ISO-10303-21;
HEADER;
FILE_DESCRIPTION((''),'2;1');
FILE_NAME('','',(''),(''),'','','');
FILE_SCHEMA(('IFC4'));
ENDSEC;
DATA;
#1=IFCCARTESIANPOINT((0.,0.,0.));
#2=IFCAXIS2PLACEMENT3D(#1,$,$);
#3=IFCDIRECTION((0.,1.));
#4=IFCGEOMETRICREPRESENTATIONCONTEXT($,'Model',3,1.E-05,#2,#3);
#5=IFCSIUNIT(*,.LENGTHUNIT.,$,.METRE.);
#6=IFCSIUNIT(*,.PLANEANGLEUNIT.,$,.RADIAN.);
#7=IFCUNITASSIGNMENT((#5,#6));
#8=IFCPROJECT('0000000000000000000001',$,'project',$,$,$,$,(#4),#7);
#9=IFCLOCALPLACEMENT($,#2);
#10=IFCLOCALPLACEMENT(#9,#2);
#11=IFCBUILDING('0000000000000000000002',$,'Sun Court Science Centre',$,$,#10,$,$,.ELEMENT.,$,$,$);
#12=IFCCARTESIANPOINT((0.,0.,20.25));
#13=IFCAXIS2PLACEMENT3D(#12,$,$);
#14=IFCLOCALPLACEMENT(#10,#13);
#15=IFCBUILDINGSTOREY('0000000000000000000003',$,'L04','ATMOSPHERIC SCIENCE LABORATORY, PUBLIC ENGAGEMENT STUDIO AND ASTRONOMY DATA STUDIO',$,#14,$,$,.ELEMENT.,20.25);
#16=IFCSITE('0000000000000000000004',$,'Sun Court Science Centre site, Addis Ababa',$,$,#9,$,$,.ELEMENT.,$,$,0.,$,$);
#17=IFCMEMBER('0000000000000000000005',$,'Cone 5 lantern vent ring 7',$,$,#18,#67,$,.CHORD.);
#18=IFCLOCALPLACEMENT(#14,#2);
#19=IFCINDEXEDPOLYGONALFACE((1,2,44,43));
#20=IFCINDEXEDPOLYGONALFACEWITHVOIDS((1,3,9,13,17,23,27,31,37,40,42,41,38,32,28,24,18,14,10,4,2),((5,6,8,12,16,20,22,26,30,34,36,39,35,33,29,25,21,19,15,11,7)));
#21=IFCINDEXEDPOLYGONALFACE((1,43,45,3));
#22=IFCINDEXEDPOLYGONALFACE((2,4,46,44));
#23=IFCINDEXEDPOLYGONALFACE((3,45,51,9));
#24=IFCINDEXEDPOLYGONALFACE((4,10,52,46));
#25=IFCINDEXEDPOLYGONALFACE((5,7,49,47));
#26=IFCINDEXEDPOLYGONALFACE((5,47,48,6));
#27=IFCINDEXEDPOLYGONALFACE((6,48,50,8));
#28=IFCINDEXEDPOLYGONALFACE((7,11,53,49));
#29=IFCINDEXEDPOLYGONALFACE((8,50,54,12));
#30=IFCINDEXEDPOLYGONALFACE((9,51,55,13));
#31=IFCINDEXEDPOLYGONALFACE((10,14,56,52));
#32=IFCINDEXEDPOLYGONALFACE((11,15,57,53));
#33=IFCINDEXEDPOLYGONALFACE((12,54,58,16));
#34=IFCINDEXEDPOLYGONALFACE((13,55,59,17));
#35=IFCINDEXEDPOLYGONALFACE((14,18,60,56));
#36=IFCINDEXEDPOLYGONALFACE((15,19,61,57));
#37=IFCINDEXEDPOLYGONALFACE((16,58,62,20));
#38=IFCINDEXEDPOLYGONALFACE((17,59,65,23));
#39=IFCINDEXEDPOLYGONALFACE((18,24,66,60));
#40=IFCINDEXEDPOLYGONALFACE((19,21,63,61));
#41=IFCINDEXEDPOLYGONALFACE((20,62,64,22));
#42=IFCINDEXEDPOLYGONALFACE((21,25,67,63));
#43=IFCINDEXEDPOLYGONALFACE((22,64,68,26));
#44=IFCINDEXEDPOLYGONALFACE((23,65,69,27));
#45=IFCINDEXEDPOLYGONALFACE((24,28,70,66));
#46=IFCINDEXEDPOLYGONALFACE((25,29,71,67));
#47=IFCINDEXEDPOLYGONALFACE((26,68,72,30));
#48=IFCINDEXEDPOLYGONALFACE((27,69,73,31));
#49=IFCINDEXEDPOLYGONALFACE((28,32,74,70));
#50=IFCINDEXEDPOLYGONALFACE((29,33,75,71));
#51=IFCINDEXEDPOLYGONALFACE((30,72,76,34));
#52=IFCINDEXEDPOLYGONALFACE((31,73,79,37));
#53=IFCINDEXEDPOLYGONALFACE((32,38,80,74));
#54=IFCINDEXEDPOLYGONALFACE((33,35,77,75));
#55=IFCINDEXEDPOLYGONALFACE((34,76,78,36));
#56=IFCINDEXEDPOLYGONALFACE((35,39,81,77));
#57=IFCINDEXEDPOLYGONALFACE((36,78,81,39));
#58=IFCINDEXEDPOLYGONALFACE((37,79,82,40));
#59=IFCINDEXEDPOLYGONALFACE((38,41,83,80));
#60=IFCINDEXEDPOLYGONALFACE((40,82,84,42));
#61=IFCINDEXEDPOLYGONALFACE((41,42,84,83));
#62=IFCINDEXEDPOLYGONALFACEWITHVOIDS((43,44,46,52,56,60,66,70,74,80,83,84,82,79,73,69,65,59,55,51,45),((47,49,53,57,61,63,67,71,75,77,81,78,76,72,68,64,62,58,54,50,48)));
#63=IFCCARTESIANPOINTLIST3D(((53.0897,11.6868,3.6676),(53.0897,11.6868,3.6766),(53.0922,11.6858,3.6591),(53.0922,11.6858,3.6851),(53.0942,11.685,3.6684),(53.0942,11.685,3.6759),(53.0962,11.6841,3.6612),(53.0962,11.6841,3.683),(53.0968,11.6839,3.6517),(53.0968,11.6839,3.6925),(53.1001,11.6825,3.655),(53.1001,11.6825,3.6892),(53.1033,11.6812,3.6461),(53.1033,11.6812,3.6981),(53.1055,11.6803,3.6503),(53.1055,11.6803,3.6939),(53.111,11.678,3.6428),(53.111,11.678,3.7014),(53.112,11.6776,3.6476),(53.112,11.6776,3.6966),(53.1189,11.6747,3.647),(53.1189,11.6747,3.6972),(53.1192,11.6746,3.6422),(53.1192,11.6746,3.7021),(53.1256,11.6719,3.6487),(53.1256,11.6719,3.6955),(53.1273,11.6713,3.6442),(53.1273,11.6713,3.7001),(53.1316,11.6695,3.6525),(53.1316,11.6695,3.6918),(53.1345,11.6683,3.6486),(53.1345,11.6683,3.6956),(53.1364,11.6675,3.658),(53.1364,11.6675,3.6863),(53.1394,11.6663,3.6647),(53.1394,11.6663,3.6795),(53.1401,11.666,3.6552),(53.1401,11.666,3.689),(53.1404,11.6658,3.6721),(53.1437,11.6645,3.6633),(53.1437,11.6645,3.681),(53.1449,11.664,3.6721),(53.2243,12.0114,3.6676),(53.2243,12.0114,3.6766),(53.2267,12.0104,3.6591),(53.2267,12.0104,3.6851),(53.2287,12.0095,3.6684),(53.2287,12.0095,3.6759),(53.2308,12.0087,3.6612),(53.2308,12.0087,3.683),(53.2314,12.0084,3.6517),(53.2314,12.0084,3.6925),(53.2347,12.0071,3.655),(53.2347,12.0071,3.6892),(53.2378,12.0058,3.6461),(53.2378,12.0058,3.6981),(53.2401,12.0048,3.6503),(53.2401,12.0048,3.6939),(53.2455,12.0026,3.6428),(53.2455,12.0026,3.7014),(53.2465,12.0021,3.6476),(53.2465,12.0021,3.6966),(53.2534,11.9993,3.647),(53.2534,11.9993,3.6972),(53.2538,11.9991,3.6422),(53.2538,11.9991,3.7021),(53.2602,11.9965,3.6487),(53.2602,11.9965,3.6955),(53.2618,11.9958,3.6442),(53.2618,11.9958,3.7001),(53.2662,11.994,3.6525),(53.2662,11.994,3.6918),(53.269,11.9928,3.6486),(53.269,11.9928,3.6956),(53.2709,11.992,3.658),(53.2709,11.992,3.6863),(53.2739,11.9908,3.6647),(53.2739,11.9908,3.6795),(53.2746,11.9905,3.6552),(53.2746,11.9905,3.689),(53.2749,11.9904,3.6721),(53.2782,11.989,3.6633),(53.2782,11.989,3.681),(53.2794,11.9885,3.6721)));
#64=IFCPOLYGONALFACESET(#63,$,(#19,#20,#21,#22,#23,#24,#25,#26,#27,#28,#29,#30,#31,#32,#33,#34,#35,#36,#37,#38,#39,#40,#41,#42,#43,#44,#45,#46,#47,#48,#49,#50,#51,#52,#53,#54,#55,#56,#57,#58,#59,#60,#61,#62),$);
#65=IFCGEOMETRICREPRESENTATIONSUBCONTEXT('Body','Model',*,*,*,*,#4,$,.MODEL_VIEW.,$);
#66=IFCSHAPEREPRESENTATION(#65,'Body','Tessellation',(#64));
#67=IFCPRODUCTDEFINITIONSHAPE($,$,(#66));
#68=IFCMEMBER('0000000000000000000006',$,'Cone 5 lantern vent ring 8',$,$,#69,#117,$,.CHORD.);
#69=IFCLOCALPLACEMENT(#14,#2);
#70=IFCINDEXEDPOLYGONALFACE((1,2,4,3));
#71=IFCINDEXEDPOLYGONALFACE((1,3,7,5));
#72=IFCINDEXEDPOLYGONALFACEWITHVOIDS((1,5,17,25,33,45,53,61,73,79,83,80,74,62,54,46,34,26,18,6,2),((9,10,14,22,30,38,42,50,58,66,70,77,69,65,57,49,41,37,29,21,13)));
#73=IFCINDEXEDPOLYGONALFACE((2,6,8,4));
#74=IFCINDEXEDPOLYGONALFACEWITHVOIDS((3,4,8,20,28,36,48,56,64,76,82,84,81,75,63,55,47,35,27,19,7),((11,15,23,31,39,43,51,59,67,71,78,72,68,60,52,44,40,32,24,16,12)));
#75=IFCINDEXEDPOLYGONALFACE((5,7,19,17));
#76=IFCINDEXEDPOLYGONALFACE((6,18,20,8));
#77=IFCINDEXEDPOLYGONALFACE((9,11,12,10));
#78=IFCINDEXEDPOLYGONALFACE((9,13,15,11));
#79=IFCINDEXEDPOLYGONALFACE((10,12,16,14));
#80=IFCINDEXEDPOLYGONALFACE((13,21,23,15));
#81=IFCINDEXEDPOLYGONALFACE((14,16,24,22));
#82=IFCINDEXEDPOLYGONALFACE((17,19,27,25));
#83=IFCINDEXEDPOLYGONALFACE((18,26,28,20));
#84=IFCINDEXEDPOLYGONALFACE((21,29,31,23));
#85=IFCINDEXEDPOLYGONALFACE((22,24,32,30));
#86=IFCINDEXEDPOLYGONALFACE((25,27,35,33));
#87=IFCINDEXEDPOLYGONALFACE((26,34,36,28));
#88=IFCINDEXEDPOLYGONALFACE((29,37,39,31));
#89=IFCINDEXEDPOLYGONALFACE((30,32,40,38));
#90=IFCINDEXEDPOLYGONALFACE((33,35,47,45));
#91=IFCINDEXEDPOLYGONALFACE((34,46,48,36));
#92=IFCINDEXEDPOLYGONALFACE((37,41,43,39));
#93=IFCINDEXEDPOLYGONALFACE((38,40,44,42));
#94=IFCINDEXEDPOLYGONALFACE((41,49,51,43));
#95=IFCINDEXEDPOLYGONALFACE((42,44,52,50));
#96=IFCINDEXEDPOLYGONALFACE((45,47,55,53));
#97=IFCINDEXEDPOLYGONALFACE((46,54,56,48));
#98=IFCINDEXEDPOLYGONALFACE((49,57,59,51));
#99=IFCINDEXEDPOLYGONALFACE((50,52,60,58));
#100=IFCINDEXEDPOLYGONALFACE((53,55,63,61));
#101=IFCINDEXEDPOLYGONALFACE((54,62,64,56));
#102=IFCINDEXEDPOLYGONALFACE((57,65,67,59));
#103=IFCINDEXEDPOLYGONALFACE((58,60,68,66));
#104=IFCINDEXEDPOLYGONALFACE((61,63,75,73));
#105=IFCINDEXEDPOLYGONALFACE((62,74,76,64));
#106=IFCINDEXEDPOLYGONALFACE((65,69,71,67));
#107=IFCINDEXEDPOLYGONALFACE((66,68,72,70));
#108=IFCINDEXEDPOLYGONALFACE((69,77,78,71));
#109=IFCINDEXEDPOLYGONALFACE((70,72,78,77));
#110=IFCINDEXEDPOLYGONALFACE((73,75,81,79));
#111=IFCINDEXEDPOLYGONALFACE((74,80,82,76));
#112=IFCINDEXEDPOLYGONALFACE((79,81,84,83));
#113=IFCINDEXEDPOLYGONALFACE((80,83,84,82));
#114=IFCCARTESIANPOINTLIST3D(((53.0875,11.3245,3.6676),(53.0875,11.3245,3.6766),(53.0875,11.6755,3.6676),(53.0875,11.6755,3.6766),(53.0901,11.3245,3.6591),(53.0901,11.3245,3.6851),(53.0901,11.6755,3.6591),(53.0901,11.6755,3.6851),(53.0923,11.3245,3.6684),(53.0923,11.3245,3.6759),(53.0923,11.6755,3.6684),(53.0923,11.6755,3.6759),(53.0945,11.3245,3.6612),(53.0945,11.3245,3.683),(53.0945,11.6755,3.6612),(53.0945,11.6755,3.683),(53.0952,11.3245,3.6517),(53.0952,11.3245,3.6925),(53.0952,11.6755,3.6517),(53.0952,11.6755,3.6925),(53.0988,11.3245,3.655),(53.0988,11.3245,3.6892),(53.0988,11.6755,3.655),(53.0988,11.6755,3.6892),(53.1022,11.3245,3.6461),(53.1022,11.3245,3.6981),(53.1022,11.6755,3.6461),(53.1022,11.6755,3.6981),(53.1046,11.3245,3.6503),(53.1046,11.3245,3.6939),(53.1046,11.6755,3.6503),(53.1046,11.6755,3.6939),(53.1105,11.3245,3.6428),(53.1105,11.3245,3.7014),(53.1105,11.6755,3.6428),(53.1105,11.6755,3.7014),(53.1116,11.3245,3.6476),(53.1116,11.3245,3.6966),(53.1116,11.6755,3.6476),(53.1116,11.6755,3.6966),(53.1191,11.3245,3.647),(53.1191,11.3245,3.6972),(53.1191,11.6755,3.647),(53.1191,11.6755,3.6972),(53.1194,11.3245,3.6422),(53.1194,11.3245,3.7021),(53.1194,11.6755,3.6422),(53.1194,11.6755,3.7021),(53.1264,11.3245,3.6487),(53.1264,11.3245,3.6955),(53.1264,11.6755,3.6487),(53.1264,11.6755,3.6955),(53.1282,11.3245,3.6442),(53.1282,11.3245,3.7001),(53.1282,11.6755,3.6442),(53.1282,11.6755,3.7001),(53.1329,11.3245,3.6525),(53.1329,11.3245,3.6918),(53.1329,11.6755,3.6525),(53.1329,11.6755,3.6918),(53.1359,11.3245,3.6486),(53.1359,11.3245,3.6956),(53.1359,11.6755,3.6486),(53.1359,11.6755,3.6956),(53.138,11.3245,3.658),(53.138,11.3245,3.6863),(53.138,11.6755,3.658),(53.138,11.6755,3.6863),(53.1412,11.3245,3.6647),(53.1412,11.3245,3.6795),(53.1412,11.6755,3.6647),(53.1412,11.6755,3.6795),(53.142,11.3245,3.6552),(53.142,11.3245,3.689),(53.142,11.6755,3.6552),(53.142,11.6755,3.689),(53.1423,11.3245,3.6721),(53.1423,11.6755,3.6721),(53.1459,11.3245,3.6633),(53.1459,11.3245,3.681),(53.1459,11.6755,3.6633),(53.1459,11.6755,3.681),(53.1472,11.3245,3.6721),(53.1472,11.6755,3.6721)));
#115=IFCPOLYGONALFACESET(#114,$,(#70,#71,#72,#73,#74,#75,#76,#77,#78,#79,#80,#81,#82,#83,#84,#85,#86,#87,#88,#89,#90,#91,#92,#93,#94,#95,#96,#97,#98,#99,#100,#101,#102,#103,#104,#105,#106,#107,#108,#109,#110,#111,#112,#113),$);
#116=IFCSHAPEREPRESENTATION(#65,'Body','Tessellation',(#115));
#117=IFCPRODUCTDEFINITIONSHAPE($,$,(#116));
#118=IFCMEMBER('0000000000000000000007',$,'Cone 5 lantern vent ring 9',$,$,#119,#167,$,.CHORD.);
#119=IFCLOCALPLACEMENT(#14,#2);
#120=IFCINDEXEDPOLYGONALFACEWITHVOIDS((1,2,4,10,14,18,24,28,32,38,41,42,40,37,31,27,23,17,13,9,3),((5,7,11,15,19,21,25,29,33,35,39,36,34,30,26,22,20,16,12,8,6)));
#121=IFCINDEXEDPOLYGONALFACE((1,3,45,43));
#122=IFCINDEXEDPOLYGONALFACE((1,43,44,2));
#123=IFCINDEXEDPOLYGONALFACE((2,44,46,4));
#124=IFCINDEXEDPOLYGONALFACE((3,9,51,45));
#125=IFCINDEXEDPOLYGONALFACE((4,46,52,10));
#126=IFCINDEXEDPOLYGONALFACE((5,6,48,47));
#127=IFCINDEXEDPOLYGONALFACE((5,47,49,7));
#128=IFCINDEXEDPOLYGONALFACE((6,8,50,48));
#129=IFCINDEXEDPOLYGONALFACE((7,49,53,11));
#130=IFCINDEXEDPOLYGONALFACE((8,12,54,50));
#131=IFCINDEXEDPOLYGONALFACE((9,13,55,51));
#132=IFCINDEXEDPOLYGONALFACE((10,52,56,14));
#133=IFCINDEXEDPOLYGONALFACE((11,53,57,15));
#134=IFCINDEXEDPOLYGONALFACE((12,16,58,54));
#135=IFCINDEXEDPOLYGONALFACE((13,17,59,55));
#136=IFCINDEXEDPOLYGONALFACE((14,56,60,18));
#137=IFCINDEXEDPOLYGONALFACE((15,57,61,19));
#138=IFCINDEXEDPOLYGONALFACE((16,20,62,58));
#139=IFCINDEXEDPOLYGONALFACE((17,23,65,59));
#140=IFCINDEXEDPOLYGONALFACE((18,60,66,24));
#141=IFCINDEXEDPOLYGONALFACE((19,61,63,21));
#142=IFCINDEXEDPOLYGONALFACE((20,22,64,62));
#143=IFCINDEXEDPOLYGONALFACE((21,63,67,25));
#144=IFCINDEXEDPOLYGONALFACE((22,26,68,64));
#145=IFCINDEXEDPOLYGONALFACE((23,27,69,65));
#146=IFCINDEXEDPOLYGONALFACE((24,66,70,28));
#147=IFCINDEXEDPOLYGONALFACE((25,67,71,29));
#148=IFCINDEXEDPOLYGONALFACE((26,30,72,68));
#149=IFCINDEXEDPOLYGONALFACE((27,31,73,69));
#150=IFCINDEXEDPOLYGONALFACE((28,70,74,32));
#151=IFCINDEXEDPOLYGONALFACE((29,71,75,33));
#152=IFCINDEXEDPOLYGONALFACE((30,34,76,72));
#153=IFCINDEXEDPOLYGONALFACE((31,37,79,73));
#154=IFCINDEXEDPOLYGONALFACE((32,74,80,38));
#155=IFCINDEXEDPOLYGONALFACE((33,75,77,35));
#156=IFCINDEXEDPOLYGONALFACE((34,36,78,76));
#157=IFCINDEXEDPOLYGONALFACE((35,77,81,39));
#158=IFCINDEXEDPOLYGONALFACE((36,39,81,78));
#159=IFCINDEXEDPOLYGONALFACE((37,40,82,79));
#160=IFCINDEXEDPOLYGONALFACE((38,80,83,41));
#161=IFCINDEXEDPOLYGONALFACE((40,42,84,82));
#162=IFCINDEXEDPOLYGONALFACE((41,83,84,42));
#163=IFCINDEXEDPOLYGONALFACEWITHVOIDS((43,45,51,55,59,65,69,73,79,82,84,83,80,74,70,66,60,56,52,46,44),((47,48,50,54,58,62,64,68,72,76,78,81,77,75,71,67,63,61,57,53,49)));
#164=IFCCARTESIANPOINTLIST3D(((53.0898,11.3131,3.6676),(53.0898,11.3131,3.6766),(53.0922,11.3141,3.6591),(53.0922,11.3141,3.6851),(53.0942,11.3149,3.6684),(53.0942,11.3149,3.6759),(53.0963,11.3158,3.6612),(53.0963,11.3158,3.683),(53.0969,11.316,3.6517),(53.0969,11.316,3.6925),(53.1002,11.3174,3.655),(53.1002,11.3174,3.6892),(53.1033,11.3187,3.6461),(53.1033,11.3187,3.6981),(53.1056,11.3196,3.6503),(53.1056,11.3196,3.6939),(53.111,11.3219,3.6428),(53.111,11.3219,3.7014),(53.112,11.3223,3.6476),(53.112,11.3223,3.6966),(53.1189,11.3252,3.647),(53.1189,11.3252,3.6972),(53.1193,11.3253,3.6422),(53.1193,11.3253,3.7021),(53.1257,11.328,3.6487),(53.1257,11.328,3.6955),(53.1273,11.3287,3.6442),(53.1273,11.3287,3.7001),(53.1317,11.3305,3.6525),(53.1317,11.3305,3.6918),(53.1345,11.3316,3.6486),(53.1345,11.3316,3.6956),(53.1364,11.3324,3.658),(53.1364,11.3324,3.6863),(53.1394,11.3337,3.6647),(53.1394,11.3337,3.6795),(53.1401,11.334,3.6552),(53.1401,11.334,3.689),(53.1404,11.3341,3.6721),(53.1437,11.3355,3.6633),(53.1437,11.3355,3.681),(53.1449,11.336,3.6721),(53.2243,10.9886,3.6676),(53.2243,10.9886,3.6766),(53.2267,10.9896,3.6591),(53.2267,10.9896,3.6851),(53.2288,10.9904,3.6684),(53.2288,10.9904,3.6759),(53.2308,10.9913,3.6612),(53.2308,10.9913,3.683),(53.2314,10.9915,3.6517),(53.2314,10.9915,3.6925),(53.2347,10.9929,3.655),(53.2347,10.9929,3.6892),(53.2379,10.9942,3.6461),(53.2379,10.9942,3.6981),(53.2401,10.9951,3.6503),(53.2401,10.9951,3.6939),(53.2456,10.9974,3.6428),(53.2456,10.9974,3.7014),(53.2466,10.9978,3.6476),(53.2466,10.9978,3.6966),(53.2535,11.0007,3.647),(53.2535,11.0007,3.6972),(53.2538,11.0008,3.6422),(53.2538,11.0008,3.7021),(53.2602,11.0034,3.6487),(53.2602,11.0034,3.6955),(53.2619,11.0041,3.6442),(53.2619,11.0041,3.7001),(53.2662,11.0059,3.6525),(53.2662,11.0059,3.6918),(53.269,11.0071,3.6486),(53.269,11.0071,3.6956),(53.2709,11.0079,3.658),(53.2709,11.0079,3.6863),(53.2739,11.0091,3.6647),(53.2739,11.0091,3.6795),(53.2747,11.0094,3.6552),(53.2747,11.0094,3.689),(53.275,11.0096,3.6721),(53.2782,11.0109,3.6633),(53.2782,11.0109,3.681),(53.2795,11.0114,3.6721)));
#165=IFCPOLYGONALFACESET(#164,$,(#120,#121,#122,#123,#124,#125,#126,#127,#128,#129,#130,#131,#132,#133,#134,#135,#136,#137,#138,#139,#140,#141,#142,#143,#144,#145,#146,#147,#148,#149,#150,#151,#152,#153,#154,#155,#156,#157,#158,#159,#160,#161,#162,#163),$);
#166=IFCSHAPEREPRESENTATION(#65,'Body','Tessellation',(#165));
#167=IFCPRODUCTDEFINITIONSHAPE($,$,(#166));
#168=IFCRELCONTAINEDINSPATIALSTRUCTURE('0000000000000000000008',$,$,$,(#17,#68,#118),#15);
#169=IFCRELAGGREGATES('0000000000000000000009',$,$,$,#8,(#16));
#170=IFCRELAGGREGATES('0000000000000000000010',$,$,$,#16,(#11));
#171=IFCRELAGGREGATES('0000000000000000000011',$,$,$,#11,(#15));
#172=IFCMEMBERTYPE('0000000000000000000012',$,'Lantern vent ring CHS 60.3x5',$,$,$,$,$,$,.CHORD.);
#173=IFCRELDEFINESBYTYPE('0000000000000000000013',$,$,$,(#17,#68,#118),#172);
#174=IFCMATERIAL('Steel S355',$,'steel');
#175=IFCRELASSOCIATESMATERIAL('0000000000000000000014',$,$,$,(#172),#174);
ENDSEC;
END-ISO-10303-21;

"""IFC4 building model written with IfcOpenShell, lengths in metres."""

from ifc_helpers import new_model, si_unit, direction, frame, origin, origin_2d, place, context, subcontext, project, spatial, hollow_circle, extrude, material, material_profile, profile_set, type_object, element, save


model = new_model("IFC4")

# Units and contexts
model_context = context("Model", 3, precision=1e-05, world=origin(), true_north=direction((0.0, 1.0)))
body_context = subcontext(model_context, "Body", "Model", "MODEL_VIEW")
ifc_project = project(units=[si_unit("LENGTHUNIT", "METRE"), si_unit("PLANEANGLEUNIT", "RADIAN")], contexts=[model_context])

# Site, building, storey
site_placement = place(None, origin())
site = spatial("IfcSite", under=ifc_project, at=site_placement, Name="Sun Court Science Centre site, Addis Ababa", CompositionType="ELEMENT", RefElevation=0.0)
building_placement = place(site_placement, origin())
building = spatial("IfcBuilding", under=site, at=building_placement, Name="Sun Court Science Centre", CompositionType="ELEMENT")
storey_placement = place(building_placement, frame((0.0, 0.0, 20.25)))
storey = spatial("IfcBuildingStorey", under=building, at=storey_placement, Name="L04", Description="ATMOSPHERIC SCIENCE LABORATORY, PUBLIC ENGAGEMENT STUDIO AND ASTRONOMY DATA STUDIO", CompositionType="ELEMENT", Elevation=20.25)

# Members
ifc_material_1 = material(Name="Steel S355", Category="steel")
ifc_material_profile_1 = material_profile(ifc_material_1, hollow_circle(Radius=0.03, WallThickness=0.0049, at=origin_2d()), Name="CHS 60.3x5")
ifc_profile_set_1 = profile_set([ifc_material_profile_1], Name="Steel S355")
member_type_1 = type_object("IfcMemberType", Name="Lantern vent ring CHS 60.3x5", PredefinedType="CHORD", material=ifc_profile_set_1)
member_1_placement = place(storey_placement, frame((53.2517, 12.0, 3.6721), z_axis=(-0.382986, -0.923754, 0.0), x_axis=(0.923754, -0.382986, 0.0)))
element("IfcMember", 1, at=member_1_placement, inside=storey, type_object=member_type_1, Name="Cone 5 lantern vent ring 7", PredefinedType="CHORD", context=body_context, shape_type="SweptSolid", body=[
    extrude(hollow_circle(Radius=0.03, WallThickness=0.0049, at=origin_2d()), origin(), (0.0, 0.0, 1.0), 0.3513),
])
member_2_placement = place(storey_placement, frame((53.1172, 11.6755, 3.6721), z_axis=(0.0, -1.0, 0.0), x_axis=(1.0, 0.0, 0.0)))
element("IfcMember", 2, at=member_2_placement, inside=storey, type_object=member_type_1, Name="Cone 5 lantern vent ring 8", PredefinedType="CHORD", context=body_context, shape_type="SweptSolid", body=[
    extrude(hollow_circle(Radius=0.03, WallThickness=0.0049, at=origin_2d()), origin(), (0.0, 0.0, 1.0), 0.3511),
])
member_3_placement = place(storey_placement, frame((53.1172, 11.3245, 3.6721), z_axis=(0.382986, -0.923754, 0.0), x_axis=(0.923754, 0.382986, 0.0)))
element("IfcMember", 3, at=member_3_placement, inside=storey, type_object=member_type_1, Name="Cone 5 lantern vent ring 9", PredefinedType="CHORD", context=body_context, shape_type="SweptSolid", body=[
    extrude(hollow_circle(Radius=0.03, WallThickness=0.0049, at=origin_2d()), origin(), (0.0, 0.0, 1.0), 0.3513),
])

save(model, "model.ifc")
